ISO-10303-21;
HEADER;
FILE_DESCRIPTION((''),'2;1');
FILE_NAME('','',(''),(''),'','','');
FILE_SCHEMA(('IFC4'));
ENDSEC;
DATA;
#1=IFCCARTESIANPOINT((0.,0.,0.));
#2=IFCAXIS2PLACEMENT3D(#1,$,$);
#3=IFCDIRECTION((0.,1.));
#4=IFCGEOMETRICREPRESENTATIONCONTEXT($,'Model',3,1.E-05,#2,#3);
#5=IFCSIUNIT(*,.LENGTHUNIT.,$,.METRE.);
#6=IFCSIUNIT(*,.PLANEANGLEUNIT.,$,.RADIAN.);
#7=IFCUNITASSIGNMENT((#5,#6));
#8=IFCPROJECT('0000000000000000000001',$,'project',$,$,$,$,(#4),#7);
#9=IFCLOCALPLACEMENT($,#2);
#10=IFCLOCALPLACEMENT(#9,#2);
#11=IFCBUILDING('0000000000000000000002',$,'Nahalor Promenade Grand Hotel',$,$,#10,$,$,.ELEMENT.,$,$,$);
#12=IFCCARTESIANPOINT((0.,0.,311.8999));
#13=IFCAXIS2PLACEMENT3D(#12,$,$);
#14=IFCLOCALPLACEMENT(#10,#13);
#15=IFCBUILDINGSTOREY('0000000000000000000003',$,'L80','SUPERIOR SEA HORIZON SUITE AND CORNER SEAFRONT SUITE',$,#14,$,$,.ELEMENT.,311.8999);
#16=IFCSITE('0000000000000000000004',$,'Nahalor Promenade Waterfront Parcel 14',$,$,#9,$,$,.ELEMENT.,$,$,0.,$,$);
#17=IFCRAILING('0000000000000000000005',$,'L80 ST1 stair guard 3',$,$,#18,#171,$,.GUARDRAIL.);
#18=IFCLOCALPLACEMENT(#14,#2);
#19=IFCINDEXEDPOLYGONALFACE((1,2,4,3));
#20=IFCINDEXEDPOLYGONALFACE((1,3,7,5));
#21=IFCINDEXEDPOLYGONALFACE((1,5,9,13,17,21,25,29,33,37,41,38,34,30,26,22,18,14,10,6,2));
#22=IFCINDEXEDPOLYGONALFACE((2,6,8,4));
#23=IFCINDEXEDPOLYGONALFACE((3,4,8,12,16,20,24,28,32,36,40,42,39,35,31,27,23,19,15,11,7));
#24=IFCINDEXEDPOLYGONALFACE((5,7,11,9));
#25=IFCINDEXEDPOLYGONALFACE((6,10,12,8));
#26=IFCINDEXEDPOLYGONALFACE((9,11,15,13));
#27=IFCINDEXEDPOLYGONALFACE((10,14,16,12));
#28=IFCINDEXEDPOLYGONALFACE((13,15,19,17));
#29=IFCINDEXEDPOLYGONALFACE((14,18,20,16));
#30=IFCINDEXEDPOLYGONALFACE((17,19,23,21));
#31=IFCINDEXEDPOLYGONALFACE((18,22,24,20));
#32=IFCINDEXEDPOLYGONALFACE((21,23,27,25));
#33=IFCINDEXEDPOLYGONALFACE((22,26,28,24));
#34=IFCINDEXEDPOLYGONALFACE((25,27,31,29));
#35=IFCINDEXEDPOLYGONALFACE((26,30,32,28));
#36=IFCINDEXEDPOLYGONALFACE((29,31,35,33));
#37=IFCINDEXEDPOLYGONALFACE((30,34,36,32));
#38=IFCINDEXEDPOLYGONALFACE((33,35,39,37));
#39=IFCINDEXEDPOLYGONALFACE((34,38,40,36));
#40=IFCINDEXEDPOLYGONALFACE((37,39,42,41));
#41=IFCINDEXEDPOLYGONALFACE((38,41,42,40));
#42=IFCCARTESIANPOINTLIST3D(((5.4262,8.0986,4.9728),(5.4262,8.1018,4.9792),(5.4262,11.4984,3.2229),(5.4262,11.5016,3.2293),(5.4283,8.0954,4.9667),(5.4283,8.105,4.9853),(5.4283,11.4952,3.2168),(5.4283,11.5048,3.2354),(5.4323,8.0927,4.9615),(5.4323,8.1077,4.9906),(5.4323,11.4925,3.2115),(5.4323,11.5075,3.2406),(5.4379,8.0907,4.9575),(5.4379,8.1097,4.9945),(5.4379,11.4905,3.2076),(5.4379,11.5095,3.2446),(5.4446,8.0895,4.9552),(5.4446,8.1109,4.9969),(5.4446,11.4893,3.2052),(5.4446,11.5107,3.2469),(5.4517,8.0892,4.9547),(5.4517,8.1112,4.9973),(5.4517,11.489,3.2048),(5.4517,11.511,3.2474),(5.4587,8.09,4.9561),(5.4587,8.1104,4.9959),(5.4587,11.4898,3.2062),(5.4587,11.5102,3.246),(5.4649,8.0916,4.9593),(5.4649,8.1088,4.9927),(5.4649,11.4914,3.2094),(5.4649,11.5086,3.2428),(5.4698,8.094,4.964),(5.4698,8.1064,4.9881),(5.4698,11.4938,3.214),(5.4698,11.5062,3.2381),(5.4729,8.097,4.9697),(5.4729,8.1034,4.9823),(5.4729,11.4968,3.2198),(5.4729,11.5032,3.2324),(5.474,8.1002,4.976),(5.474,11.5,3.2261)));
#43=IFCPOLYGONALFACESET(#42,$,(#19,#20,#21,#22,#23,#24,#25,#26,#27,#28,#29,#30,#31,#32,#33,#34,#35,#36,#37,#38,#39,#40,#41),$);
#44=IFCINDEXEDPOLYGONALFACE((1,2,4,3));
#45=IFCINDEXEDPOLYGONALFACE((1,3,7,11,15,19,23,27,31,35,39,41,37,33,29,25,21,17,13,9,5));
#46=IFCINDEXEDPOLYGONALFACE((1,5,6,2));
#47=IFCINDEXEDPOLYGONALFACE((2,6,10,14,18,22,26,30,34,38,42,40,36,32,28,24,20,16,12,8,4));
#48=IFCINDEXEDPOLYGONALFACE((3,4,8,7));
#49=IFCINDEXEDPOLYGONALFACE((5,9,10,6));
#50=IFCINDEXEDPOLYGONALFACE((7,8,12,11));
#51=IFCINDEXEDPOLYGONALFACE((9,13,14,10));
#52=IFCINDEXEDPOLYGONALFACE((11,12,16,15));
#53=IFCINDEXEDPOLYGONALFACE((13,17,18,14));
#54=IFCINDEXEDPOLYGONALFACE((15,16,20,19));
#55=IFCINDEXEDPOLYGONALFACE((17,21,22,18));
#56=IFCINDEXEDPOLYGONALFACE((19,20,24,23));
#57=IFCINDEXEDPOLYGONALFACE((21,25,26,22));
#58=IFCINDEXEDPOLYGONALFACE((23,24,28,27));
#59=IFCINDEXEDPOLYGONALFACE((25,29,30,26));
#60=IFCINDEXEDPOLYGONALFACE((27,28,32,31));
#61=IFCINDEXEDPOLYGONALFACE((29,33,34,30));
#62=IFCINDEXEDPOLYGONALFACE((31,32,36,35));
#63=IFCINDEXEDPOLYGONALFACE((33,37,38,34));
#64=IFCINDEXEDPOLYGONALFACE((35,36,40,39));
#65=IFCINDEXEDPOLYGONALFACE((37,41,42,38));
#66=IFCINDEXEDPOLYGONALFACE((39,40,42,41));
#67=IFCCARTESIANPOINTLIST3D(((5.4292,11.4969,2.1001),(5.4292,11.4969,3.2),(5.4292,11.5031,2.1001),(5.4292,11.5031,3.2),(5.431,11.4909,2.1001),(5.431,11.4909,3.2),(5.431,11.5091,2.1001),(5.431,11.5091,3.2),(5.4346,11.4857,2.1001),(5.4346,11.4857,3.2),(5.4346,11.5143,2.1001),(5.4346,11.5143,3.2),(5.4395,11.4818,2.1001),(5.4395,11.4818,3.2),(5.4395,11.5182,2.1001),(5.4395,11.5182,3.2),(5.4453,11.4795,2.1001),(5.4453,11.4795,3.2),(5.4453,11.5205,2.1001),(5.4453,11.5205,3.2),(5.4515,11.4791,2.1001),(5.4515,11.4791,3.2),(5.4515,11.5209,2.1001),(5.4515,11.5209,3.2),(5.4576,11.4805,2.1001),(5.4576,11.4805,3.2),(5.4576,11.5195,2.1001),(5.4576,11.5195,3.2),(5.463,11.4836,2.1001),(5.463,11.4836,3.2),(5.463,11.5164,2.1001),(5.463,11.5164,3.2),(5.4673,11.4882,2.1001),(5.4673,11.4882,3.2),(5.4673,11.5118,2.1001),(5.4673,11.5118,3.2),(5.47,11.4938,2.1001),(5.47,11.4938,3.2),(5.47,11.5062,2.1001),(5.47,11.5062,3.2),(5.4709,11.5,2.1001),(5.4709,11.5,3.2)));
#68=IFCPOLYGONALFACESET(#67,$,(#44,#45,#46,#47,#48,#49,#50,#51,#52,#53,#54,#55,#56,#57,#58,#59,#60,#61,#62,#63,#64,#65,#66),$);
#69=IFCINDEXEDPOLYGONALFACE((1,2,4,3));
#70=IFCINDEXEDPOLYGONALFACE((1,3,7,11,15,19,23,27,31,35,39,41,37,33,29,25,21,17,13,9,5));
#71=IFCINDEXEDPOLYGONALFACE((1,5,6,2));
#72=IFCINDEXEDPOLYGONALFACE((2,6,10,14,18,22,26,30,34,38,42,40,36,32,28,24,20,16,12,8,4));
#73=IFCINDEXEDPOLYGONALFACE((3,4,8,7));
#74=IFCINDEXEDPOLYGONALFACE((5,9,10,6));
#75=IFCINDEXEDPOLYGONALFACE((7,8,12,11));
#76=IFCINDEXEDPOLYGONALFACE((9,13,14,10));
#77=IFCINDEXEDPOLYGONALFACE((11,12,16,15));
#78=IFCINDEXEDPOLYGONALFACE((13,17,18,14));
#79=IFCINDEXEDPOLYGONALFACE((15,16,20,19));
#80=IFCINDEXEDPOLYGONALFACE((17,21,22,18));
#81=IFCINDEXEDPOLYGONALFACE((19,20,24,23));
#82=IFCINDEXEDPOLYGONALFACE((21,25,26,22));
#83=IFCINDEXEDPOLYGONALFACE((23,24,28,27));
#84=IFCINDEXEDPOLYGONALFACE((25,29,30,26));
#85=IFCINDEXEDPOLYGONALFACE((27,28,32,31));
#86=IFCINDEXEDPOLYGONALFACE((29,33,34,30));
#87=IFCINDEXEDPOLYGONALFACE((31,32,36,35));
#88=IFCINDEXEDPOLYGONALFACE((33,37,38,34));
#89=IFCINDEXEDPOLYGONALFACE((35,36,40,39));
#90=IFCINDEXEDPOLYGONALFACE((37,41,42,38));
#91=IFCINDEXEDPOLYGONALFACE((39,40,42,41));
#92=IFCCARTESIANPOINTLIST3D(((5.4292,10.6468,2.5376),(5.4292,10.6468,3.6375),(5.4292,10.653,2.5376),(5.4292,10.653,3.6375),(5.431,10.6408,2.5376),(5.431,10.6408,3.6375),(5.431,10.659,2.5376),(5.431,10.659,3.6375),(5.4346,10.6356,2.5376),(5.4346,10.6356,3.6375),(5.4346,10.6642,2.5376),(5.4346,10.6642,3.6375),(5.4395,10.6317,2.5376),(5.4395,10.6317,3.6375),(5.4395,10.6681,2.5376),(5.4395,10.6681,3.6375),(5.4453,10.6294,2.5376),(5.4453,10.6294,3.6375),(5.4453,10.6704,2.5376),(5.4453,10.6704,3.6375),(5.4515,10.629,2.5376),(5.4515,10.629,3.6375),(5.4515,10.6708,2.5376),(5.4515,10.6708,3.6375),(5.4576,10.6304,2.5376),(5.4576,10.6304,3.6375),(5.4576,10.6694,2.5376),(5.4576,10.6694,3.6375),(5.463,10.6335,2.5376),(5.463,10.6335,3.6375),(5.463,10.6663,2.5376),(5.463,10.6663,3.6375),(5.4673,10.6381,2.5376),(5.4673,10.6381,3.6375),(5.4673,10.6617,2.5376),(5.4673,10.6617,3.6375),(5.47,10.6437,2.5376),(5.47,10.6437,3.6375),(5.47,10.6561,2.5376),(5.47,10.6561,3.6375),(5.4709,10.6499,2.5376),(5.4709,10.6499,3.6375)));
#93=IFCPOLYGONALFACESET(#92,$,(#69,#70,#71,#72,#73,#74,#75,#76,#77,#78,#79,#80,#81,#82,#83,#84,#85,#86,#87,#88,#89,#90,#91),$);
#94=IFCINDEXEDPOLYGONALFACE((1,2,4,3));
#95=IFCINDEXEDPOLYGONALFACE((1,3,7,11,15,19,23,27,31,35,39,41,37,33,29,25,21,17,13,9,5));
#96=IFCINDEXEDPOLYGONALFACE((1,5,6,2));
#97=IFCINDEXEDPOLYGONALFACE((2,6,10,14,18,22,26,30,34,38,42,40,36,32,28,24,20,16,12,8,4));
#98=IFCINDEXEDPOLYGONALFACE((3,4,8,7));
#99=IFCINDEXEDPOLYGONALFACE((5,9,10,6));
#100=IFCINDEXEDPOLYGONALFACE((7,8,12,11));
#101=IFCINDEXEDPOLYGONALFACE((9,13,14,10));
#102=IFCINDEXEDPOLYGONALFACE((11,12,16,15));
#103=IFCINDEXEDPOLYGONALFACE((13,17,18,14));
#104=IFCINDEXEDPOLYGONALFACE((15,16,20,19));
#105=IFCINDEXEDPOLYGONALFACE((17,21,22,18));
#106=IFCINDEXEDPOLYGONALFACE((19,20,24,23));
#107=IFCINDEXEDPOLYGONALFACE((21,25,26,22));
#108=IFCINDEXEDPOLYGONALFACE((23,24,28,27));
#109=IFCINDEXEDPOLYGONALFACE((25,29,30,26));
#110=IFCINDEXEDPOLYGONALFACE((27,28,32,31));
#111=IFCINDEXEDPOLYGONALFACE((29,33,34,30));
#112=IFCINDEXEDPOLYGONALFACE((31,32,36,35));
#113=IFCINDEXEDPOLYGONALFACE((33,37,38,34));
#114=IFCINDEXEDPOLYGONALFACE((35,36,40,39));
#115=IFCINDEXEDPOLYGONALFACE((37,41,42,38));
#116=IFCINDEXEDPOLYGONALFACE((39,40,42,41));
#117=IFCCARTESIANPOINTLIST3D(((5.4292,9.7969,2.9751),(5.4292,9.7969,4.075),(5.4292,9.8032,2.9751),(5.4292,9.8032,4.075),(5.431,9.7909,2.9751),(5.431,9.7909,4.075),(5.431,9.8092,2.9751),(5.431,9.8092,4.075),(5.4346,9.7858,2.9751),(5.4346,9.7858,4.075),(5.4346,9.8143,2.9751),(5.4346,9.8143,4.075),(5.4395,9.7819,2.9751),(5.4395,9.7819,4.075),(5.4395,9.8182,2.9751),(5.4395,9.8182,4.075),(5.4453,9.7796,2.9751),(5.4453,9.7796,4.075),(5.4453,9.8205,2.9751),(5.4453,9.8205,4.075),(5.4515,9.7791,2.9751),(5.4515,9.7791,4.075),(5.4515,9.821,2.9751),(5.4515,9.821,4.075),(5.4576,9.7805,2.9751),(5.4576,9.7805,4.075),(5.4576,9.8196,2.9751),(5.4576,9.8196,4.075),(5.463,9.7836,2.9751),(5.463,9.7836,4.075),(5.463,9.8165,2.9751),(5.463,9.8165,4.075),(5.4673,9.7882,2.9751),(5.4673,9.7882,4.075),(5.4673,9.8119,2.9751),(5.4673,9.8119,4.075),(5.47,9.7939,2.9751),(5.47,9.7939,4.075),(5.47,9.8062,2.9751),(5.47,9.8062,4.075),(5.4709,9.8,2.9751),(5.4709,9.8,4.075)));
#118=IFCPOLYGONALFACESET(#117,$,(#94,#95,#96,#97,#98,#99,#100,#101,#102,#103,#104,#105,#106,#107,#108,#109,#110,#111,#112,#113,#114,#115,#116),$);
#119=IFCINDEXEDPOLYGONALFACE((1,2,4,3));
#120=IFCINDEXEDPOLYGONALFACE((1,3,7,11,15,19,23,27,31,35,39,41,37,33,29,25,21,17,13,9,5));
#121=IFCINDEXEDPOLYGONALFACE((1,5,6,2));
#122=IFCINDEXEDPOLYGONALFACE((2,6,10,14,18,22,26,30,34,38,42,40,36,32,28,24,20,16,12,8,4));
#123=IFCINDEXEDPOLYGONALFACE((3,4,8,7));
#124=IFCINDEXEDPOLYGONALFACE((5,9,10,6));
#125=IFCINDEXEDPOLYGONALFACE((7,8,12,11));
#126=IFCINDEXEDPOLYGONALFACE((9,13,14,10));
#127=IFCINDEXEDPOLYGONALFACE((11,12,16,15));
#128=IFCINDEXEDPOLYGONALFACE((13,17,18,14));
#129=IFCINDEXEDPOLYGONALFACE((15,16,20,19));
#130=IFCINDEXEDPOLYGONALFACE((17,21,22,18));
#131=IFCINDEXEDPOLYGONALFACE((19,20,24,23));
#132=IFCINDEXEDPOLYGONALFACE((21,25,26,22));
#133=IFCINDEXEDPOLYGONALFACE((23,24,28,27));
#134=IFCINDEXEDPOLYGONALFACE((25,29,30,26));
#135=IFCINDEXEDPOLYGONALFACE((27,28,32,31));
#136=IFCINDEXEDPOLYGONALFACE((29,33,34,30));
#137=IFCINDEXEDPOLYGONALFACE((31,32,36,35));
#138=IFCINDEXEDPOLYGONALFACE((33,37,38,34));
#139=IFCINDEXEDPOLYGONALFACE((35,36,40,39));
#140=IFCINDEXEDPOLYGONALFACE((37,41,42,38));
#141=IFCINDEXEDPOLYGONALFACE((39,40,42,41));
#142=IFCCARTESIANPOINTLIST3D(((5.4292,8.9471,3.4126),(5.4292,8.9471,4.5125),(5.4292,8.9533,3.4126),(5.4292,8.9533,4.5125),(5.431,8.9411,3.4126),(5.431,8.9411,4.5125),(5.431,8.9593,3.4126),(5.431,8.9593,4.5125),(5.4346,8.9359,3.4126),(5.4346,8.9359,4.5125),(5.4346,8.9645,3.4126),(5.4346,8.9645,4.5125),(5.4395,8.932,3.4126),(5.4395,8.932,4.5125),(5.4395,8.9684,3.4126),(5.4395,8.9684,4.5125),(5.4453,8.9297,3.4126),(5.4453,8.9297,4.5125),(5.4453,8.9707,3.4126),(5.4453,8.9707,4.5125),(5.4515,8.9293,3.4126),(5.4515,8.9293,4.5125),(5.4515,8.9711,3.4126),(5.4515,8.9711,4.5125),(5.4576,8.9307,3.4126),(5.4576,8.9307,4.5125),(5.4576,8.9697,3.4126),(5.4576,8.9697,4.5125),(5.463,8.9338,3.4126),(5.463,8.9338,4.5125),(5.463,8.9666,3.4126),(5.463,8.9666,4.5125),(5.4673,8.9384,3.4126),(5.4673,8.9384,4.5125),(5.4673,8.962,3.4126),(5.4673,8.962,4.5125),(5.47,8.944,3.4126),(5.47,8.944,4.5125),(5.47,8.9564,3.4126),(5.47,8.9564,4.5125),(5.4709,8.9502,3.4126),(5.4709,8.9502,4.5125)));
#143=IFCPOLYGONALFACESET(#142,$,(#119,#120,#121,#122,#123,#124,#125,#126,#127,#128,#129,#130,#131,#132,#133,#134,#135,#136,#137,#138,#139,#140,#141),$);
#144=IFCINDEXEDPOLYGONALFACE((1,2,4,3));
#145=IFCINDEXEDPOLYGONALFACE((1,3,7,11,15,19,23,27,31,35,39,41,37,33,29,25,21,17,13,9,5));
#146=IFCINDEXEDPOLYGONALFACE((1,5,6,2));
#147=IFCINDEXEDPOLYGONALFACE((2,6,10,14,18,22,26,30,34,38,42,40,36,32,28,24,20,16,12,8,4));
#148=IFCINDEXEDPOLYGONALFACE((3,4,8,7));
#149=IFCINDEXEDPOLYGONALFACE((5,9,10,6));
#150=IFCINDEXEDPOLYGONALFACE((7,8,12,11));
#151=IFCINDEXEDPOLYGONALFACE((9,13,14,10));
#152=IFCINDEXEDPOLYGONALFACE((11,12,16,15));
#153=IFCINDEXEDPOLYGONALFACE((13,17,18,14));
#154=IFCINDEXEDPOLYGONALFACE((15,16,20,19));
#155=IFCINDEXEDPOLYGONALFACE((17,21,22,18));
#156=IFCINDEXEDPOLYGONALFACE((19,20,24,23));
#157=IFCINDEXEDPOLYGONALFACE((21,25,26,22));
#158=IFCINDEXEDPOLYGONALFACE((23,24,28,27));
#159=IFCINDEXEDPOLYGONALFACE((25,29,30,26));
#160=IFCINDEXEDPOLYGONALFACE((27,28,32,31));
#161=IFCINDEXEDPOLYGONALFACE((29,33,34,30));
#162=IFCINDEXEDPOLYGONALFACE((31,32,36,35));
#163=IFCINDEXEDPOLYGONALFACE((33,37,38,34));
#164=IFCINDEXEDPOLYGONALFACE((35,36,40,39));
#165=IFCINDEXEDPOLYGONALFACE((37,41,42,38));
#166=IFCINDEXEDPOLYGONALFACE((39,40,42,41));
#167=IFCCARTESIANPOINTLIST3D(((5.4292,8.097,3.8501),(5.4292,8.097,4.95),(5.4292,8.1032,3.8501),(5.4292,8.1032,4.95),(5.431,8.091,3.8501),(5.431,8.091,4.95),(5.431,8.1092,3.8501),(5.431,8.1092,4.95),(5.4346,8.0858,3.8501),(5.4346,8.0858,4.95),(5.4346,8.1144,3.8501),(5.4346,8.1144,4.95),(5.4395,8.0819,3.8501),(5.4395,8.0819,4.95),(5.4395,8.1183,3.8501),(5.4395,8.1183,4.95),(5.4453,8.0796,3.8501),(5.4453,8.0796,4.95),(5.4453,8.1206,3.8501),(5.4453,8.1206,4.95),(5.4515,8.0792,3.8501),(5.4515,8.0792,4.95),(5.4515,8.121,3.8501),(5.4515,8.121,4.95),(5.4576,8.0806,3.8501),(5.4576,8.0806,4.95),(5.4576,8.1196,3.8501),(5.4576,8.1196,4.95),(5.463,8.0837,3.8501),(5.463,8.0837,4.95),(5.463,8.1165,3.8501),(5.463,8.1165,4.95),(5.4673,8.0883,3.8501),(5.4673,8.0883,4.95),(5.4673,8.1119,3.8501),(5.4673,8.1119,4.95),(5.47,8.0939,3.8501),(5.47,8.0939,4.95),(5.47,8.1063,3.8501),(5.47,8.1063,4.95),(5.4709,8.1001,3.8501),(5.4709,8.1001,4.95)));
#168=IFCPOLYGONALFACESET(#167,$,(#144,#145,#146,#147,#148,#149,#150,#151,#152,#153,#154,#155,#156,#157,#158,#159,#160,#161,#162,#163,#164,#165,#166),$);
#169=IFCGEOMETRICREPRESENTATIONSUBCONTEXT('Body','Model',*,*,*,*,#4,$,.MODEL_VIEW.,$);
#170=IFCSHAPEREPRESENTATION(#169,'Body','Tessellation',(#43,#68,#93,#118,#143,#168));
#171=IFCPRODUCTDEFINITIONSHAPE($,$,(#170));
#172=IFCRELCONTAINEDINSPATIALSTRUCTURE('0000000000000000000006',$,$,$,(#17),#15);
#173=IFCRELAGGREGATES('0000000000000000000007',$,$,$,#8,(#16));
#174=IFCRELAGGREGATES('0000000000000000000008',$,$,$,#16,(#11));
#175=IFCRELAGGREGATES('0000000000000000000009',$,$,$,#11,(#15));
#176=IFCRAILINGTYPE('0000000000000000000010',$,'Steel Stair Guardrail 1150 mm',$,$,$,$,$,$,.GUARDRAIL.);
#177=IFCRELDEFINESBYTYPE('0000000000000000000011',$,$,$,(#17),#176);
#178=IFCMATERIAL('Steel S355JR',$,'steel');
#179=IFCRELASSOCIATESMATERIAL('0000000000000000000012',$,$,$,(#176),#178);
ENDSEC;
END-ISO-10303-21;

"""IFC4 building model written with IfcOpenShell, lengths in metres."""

from ifc_helpers import new_model, si_unit, direction, frame, origin, origin_2d, place, context, subcontext, project, spatial, circle, extrude, material, type_object, element, save


model = new_model("IFC4")

# Units and contexts
model_context = context("Model", 3, precision=1e-05, world=origin(), true_north=direction((0.0, 1.0)))
body_context = subcontext(model_context, "Body", "Model", "MODEL_VIEW")
ifc_project = project(units=[si_unit("LENGTHUNIT", "METRE"), si_unit("PLANEANGLEUNIT", "RADIAN")], contexts=[model_context])

# Site, building, storey
site_placement = place(None, origin())
site = spatial("IfcSite", under=ifc_project, at=site_placement, Name="Nahalor Promenade Waterfront Parcel 14", CompositionType="ELEMENT", RefElevation=0.0)
building_placement = place(site_placement, origin())
building = spatial("IfcBuilding", under=site, at=building_placement, Name="Nahalor Promenade Grand Hotel", CompositionType="ELEMENT")
storey_placement = place(building_placement, frame((0.0, 0.0, 311.8999)))
storey = spatial("IfcBuildingStorey", under=building, at=storey_placement, Name="L80", Description="SUPERIOR SEA HORIZON SUITE AND CORNER SEAFRONT SUITE", CompositionType="ELEMENT", Elevation=311.8999)

# Shared definitions
ifc_material_1 = material(Name="Steel S355JR", Category="steel")

# Railing
railing_type_1 = type_object("IfcRailingType", Name="Steel Stair Guardrail 1150 mm", PredefinedType="GUARDRAIL", material=ifc_material_1)
railing_1_placement = place(storey_placement, frame((5.45, 11.5, 2.1001)))
element("IfcRailing", 1, at=railing_1_placement, inside=storey, type_object=railing_type_1, Name="L80 ST1 stair guard 3", PredefinedType="GUARDRAIL", context=body_context, shape_type="SweptSolid", body=[
    extrude(circle(Radius=0.024, at=origin_2d()), frame((0.0, 0.0, 1.126), z_axis=(0.0, -0.88913, 0.457654), x_axis=(1.0, 0.0, 0.0)), (0.0, 0.0, 1.0), 3.8237),
    extrude(circle(Radius=0.021, at=origin_2d()), origin(), (0.0, 0.0, 1.0), 1.0999),
    extrude(circle(Radius=0.021, at=origin_2d()), frame((0.0, -0.8501, 0.4375)), (0.0, 0.0, 1.0), 1.0999),
    extrude(circle(Radius=0.021, at=origin_2d()), frame((0.0, -1.7, 0.875)), (0.0, 0.0, 1.0), 1.0999),
    extrude(circle(Radius=0.021, at=origin_2d()), frame((0.0, -2.5498, 1.3125)), (0.0, 0.0, 1.0), 1.0999),
    extrude(circle(Radius=0.021, at=origin_2d()), frame((0.0, -3.3999, 1.75)), (0.0, 0.0, 1.0), 1.0999),
])

save(model, "model.ifc")
